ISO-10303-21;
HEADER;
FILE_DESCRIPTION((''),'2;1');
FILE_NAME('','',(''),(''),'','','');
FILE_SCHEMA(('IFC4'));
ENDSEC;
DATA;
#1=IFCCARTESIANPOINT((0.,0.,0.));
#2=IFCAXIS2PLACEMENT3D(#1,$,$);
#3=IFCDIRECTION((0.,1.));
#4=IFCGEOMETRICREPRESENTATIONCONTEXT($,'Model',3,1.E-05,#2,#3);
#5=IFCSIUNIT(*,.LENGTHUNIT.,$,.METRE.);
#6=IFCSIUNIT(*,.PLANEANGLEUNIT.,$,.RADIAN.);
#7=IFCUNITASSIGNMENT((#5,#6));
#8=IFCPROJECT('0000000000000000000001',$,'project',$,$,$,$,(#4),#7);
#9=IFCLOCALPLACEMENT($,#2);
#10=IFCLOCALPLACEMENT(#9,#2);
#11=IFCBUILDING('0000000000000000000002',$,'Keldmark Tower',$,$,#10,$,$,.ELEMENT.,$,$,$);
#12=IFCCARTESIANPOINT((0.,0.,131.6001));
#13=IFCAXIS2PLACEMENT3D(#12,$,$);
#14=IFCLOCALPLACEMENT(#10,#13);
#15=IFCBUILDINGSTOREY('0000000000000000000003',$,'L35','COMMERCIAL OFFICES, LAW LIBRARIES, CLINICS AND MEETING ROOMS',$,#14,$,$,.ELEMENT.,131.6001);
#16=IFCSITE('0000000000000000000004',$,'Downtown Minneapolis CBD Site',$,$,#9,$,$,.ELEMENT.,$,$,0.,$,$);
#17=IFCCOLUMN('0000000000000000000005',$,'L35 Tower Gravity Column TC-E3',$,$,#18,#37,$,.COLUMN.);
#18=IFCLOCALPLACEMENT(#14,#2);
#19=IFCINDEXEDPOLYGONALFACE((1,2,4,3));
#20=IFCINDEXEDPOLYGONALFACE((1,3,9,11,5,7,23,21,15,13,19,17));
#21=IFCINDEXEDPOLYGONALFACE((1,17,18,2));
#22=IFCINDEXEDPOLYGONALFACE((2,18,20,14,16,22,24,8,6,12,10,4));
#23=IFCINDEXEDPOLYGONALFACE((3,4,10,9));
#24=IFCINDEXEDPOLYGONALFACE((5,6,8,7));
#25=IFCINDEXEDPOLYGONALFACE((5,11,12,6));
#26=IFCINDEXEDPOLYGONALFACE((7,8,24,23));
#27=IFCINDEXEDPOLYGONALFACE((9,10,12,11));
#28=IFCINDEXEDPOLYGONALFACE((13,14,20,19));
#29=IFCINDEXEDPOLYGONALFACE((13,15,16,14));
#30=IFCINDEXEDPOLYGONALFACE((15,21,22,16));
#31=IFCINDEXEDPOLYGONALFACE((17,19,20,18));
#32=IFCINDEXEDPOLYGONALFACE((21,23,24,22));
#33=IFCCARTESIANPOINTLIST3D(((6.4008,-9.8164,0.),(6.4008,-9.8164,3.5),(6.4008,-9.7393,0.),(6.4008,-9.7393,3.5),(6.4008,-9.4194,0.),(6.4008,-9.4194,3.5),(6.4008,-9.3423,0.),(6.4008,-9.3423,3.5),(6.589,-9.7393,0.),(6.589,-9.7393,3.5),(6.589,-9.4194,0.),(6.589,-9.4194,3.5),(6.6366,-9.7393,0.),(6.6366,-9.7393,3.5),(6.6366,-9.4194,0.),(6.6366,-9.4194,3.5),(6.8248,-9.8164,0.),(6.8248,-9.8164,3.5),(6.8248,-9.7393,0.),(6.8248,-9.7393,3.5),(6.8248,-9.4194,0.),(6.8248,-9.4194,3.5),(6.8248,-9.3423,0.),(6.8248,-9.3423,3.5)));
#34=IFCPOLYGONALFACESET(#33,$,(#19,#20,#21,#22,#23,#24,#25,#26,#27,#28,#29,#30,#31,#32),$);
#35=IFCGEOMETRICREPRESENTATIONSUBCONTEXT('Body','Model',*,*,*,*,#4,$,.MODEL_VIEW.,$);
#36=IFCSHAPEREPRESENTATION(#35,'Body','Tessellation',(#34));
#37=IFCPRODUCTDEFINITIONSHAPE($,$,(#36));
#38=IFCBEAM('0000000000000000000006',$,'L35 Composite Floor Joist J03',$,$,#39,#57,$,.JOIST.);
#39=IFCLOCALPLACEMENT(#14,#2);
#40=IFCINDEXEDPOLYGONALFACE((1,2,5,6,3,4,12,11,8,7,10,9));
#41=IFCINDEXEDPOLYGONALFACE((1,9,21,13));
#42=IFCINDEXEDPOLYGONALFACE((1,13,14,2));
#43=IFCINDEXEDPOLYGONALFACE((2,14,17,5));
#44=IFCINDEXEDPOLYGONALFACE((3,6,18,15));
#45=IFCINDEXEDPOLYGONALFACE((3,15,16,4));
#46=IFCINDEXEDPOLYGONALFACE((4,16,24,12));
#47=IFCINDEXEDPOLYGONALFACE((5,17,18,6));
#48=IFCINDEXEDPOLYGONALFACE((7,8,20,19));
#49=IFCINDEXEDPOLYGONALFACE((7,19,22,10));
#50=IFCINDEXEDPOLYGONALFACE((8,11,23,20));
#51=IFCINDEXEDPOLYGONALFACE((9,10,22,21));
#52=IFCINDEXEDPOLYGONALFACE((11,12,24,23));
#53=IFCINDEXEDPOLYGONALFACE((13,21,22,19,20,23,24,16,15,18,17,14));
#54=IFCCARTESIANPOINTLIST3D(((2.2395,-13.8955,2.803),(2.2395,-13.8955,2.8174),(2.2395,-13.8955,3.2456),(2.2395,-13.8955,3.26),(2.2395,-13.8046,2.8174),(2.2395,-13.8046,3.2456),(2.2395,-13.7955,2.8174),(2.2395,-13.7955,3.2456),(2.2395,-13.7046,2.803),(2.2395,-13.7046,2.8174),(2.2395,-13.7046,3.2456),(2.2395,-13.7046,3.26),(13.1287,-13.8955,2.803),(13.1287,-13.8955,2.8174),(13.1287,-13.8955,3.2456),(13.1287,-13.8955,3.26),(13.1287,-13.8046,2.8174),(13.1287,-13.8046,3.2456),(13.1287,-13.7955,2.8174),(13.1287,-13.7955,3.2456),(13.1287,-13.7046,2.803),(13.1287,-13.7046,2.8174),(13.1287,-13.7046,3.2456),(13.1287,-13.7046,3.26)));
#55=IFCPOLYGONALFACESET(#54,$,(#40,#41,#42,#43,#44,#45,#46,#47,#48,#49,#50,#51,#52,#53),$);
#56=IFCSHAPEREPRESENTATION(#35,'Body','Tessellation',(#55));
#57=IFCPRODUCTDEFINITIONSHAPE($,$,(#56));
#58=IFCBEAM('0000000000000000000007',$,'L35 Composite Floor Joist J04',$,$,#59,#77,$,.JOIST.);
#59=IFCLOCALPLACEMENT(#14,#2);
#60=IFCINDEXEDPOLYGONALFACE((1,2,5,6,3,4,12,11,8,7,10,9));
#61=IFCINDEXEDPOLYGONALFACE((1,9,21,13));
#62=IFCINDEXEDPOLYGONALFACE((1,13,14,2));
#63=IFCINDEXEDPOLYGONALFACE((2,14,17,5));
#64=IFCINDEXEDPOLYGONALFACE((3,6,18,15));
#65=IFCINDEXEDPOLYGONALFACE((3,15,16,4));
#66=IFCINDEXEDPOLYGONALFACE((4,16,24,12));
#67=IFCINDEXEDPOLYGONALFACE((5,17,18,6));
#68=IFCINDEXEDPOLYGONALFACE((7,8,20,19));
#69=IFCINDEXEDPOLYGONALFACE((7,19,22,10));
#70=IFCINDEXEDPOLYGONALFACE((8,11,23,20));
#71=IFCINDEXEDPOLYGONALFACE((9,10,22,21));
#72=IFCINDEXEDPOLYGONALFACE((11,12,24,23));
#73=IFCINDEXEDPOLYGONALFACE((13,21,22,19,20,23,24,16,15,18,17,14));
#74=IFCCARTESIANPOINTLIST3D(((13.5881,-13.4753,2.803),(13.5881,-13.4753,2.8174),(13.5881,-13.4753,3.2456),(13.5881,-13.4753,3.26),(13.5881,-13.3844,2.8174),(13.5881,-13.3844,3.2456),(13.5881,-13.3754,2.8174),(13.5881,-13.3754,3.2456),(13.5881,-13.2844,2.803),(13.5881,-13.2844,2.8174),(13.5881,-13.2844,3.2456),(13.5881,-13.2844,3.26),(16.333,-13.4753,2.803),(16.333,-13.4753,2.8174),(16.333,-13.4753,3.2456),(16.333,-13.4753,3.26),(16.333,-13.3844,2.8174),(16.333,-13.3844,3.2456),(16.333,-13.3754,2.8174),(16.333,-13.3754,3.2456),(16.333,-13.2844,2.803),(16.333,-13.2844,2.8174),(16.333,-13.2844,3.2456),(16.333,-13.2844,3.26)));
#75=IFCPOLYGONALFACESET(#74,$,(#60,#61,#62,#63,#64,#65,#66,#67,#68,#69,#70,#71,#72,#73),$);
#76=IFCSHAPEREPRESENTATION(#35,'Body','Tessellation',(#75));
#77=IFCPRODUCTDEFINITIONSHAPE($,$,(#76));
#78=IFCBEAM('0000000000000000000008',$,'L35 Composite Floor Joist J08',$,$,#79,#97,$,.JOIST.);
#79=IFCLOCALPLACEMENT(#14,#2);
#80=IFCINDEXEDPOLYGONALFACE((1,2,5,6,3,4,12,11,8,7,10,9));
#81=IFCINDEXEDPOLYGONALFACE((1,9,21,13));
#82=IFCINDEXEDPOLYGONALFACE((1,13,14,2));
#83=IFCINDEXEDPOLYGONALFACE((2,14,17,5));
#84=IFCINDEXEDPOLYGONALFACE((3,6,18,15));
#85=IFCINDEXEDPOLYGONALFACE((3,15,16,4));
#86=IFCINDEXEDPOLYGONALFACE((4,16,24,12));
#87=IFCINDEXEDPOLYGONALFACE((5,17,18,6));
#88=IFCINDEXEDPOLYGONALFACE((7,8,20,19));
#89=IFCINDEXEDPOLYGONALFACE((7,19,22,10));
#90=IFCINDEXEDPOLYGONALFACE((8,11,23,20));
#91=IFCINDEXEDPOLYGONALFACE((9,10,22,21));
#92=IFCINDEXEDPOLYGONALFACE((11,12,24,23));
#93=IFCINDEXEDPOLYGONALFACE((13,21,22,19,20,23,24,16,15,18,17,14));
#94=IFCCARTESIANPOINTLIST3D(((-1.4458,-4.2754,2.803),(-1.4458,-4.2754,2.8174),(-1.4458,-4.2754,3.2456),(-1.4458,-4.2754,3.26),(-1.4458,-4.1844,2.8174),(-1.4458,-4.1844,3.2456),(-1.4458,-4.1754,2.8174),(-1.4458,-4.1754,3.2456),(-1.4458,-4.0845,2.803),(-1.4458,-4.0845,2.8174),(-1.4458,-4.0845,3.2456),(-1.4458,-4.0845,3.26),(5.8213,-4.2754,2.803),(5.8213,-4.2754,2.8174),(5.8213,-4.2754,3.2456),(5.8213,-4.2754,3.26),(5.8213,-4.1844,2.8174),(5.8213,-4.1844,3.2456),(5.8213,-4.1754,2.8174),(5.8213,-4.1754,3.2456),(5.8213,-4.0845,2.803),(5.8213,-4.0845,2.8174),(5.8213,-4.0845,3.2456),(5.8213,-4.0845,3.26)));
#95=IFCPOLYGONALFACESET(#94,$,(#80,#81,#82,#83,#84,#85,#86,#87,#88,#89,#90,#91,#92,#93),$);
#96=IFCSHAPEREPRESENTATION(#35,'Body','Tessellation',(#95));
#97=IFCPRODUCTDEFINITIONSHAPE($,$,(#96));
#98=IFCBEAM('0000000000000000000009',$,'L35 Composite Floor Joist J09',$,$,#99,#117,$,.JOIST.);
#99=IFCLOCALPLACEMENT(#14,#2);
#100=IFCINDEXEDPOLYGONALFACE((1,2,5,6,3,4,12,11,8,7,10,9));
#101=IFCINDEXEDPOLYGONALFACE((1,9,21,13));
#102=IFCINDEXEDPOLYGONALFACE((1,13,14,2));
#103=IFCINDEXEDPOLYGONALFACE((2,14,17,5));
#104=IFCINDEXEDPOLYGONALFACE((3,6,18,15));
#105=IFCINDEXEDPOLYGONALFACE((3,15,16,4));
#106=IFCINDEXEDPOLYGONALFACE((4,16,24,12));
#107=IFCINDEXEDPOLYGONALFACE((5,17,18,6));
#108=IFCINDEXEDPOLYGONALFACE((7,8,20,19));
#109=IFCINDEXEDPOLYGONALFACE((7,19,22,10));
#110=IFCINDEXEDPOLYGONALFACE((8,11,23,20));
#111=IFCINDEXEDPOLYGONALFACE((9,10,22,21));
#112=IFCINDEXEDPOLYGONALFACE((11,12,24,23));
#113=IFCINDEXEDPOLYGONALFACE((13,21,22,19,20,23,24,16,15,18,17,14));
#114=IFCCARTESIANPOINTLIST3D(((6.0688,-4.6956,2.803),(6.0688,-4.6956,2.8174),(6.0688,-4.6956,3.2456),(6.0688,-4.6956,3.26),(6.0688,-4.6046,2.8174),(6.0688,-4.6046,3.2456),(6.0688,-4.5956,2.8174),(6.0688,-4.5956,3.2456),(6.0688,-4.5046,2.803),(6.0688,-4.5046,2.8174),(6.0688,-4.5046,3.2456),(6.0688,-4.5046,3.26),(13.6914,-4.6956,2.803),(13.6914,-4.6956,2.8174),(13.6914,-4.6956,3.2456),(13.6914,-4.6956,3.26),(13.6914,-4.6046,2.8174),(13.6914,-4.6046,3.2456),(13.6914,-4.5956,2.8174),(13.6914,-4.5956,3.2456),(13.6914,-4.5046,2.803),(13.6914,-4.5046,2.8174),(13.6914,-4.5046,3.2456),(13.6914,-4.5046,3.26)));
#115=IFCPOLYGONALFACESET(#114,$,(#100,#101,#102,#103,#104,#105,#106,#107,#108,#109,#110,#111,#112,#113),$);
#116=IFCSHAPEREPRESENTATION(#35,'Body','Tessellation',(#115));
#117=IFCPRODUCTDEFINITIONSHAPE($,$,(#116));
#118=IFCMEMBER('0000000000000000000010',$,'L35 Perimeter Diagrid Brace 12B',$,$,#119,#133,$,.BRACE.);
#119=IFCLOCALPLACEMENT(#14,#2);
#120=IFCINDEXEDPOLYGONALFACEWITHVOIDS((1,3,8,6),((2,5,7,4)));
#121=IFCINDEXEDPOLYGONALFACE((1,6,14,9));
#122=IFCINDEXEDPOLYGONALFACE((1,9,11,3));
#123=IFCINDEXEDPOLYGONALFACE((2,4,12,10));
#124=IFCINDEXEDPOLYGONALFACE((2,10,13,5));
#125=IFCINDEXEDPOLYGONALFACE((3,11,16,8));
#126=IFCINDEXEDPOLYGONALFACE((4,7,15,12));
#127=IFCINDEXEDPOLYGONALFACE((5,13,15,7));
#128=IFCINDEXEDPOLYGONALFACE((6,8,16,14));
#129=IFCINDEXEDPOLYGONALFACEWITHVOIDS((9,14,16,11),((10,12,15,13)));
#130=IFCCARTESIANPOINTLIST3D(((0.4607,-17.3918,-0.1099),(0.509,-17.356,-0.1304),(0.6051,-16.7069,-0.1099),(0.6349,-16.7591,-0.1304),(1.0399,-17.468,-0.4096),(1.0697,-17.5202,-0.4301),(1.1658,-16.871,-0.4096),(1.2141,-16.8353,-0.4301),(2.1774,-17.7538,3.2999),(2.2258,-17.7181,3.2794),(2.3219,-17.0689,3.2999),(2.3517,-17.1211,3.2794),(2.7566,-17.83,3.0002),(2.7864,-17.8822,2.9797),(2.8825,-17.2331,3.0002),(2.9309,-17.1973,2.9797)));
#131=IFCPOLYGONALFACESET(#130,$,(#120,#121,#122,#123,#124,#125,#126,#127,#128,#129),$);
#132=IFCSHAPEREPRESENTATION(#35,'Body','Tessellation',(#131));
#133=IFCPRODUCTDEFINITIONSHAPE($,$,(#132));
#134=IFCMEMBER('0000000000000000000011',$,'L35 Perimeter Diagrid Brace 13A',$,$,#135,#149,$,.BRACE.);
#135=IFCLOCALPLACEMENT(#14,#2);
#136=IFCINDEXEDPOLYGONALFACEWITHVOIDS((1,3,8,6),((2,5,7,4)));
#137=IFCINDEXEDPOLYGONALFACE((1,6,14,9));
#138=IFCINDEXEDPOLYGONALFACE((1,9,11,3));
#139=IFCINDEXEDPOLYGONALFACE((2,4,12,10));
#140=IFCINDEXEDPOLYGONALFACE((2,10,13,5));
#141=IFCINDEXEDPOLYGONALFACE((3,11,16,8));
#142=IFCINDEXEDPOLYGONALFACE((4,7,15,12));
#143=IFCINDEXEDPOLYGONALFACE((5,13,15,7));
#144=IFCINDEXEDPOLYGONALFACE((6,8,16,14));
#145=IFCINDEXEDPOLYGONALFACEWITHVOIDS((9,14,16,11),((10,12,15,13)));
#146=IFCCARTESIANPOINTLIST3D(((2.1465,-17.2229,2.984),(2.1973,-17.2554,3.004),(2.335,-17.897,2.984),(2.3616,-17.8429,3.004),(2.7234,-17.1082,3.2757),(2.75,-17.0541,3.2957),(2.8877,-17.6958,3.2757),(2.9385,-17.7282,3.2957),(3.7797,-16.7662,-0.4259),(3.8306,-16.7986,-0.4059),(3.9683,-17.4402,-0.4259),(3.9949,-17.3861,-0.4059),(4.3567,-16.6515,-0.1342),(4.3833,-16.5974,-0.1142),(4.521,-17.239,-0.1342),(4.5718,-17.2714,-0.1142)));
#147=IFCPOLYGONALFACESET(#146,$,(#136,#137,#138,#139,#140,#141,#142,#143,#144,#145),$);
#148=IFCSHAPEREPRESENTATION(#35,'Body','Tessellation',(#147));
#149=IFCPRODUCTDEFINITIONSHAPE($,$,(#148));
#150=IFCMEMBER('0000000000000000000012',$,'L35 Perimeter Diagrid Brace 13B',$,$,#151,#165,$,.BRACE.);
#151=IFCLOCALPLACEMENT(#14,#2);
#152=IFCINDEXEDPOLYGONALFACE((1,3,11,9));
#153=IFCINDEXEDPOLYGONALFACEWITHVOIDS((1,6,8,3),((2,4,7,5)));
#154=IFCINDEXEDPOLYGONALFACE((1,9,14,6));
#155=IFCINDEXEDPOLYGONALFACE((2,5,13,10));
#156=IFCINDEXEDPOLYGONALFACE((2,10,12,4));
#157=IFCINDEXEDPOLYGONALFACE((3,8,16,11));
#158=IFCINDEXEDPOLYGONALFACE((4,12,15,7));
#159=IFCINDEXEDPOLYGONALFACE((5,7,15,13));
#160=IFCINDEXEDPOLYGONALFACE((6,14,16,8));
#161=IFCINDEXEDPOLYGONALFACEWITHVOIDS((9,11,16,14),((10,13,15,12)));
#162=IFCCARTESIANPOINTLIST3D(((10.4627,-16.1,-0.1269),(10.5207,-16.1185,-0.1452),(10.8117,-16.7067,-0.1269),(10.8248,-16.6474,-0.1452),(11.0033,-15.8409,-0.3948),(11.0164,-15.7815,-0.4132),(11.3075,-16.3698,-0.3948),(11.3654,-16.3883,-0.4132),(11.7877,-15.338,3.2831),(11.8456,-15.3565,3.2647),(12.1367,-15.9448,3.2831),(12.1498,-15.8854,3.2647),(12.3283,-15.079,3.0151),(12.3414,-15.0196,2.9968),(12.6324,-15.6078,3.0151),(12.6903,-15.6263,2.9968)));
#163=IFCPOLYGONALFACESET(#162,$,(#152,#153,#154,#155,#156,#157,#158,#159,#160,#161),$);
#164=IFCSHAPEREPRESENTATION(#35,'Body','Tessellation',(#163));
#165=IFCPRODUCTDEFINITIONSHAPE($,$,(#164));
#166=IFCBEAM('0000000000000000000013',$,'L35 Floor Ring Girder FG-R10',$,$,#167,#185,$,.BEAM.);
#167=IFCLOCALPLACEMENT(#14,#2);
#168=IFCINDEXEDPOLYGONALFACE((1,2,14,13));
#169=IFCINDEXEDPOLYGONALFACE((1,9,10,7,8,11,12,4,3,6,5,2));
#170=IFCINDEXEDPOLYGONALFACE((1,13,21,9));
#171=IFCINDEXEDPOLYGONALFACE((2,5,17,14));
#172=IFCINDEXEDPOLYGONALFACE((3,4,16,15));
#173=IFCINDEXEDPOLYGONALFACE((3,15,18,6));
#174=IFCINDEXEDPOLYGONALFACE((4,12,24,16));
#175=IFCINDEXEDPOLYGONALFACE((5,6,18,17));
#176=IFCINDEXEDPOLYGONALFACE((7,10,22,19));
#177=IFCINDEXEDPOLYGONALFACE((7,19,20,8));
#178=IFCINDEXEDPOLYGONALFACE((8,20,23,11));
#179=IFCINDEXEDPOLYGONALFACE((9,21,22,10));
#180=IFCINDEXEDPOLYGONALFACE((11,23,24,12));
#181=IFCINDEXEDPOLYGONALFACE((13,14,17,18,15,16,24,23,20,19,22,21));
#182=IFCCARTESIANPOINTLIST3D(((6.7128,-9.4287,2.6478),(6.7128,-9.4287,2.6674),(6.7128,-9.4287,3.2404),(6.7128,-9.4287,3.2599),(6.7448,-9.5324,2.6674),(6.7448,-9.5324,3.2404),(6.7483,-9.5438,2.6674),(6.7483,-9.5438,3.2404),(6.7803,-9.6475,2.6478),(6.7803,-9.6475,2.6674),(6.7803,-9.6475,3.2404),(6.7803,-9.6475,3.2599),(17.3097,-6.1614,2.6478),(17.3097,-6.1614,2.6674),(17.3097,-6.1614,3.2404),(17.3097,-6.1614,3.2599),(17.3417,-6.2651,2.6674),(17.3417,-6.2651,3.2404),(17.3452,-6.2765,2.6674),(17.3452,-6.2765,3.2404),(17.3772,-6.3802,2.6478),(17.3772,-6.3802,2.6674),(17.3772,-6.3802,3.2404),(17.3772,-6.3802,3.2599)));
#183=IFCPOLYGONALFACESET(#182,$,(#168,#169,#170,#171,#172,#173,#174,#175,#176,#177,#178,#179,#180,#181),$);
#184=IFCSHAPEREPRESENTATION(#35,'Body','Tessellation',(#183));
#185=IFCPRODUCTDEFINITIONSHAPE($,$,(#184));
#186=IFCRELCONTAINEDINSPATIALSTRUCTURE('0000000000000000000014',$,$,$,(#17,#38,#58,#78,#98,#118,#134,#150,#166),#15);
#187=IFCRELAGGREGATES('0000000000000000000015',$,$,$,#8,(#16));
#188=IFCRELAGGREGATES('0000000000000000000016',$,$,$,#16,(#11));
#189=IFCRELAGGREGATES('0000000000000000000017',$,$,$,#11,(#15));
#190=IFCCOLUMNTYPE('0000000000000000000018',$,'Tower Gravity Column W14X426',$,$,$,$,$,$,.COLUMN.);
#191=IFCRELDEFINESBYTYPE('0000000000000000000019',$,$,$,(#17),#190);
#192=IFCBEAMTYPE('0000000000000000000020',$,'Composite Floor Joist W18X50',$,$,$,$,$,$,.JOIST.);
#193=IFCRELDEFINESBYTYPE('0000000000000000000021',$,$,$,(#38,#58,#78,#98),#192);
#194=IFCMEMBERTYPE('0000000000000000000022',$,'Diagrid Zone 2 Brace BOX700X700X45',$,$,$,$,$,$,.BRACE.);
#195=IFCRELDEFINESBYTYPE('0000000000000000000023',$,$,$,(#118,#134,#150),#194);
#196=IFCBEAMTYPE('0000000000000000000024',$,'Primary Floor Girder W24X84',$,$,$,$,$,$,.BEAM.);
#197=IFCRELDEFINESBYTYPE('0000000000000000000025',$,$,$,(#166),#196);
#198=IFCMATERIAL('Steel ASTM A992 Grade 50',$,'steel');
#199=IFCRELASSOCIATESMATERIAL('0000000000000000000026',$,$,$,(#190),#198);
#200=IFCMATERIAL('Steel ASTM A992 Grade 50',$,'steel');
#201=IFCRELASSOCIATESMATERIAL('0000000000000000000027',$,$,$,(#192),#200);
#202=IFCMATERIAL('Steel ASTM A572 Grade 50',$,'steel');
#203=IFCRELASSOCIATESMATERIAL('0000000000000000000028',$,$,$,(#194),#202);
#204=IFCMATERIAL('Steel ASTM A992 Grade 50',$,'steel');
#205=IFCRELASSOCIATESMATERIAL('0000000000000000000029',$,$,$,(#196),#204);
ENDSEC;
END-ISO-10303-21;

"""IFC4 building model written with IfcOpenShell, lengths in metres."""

from ifc_helpers import new_model, si_unit, direction, frame, origin, origin_2d, place, context, subcontext, project, spatial, hollow_rectangle, i_section, extrude, material, material_profile, profile_set, type_object, element, save


model = new_model("IFC4")

# Units and contexts
model_context = context("Model", 3, precision=1e-05, world=origin(), true_north=direction((0.0, 1.0)))
body_context = subcontext(model_context, "Body", "Model", "MODEL_VIEW")
ifc_project = project(units=[si_unit("LENGTHUNIT", "METRE"), si_unit("PLANEANGLEUNIT", "RADIAN")], contexts=[model_context])

# Site, building, storey
site_placement = place(None, origin())
site = spatial("IfcSite", under=ifc_project, at=site_placement, Name="Downtown Minneapolis CBD Site", CompositionType="ELEMENT", RefElevation=0.0)
building_placement = place(site_placement, origin())
building = spatial("IfcBuilding", under=site, at=building_placement, Name="Keldmark Tower", CompositionType="ELEMENT")
storey_placement = place(building_placement, frame((0.0, 0.0, 131.6001)))
storey = spatial("IfcBuildingStorey", under=building, at=storey_placement, Name="L35", Description="COMMERCIAL OFFICES, LAW LIBRARIES, CLINICS AND MEETING ROOMS", CompositionType="ELEMENT", Elevation=131.6001)

# Column
ifc_material_1 = material(Name="Steel ASTM A992 Grade 50", Category="steel")
ifc_material_profile_1 = material_profile(ifc_material_1, i_section(OverallWidth=0.4241, OverallDepth=0.4741, WebThickness=0.0476, FlangeThickness=0.0771, at=origin_2d()), Name="W14X426")
ifc_profile_set_1 = profile_set([ifc_material_profile_1], Name="Steel ASTM A992 Grade 50")
column_type = type_object("IfcColumnType", Name="Tower Gravity Column W14X426", PredefinedType="COLUMN", material=ifc_profile_set_1)
column_placement = place(storey_placement, frame((6.6128, -9.5793, 0.0), z_axis=(0.0, 0.0, 1.0), x_axis=(1.0, 0.0, 0.0)))
element("IfcColumn", 1, at=column_placement, inside=storey, type_object=column_type, Name="L35 Tower Gravity Column TC-E3", PredefinedType="COLUMN", context=body_context, shape_type="SweptSolid", body=[
    extrude(i_section(OverallWidth=0.4241, OverallDepth=0.4741, WebThickness=0.0476, FlangeThickness=0.0771, at=origin_2d()), origin(), (0.0, 0.0, 1.0), 3.5),
])

# Beams
ifc_material_2 = material(Name="Steel ASTM A992 Grade 50", Category="steel")
ifc_material_profile_2 = material_profile(ifc_material_2, i_section(OverallWidth=0.1909, OverallDepth=0.457, WebThickness=0.009, FlangeThickness=0.0144, at=origin_2d()), Name="W18X50")
ifc_profile_set_2 = profile_set([ifc_material_profile_2], Name="Steel ASTM A992 Grade 50")
beam_type_1 = type_object("IfcBeamType", Name="Composite Floor Joist W18X50", PredefinedType="JOIST", material=ifc_profile_set_2)
beam_1_placement = place(storey_placement, frame((2.2395, -13.8, 3.0315), z_axis=(1.0, 0.0, 0.0), x_axis=(0.0, 1.0, 0.0)))
element("IfcBeam", 2, at=beam_1_placement, inside=storey, type_object=beam_type_1, Name="L35 Composite Floor Joist J03", PredefinedType="JOIST", context=body_context, shape_type="SweptSolid", body=[
    extrude(i_section(OverallWidth=0.1909, OverallDepth=0.457, WebThickness=0.009, FlangeThickness=0.0144, at=origin_2d()), origin(), (0.0, 0.0, 1.0), 10.8892),
])
beam_2_placement = place(storey_placement, frame((13.5881, -13.3799, 3.0315), z_axis=(1.0, 0.0, 0.0), x_axis=(0.0, 1.0, 0.0)))
element("IfcBeam", 3, at=beam_2_placement, inside=storey, type_object=beam_type_1, Name="L35 Composite Floor Joist J04", PredefinedType="JOIST", context=body_context, shape_type="SweptSolid", body=[
    extrude(i_section(OverallWidth=0.1909, OverallDepth=0.457, WebThickness=0.009, FlangeThickness=0.0144, at=origin_2d()), origin(), (0.0, 0.0, 1.0), 2.7449),
])
beam_3_placement = place(storey_placement, frame((-1.4458, -4.1799, 3.0315), z_axis=(1.0, 0.0, 0.0), x_axis=(0.0, 1.0, 0.0)))
element("IfcBeam", 4, at=beam_3_placement, inside=storey, type_object=beam_type_1, Name="L35 Composite Floor Joist J08", PredefinedType="JOIST", context=body_context, shape_type="SweptSolid", body=[
    extrude(i_section(OverallWidth=0.1909, OverallDepth=0.457, WebThickness=0.009, FlangeThickness=0.0144, at=origin_2d()), origin(), (0.0, 0.0, 1.0), 7.2671),
])
beam_4_placement = place(storey_placement, frame((6.0688, -4.6001, 3.0315), z_axis=(1.0, 0.0, 0.0), x_axis=(0.0, 1.0, 0.0)))
element("IfcBeam", 5, at=beam_4_placement, inside=storey, type_object=beam_type_1, Name="L35 Composite Floor Joist J09", PredefinedType="JOIST", context=body_context, shape_type="SweptSolid", body=[
    extrude(i_section(OverallWidth=0.1909, OverallDepth=0.457, WebThickness=0.009, FlangeThickness=0.0144, at=origin_2d()), origin(), (0.0, 0.0, 1.0), 7.6226),
])

# Members
ifc_material_3 = material(Name="Steel ASTM A572 Grade 50", Category="steel")
ifc_material_profile_3 = material_profile(ifc_material_3, hollow_rectangle(XDim=0.7, YDim=0.7, WallThickness=0.0449, at=origin_2d()), Name="BOX700X700X45")
ifc_profile_set_3 = profile_set([ifc_material_profile_3], Name="Steel ASTM A572 Grade 50")
member_type = type_object("IfcMemberType", Name="Diagrid Zone 2 Brace BOX700X700X45", PredefinedType="BRACE", material=ifc_profile_set_3)
member_1_placement = place(storey_placement, frame((0.8374, -17.1135, -0.27), z_axis=(0.447684, -0.094414, 0.889193), x_axis=(0.206354, 0.978477, 0.0)))
element("IfcMember", 6, at=member_1_placement, inside=storey, type_object=member_type, Name="L35 Perimeter Diagrid Brace 12B", PredefinedType="BRACE", context=body_context, shape_type="SweptSolid", body=[
    extrude(hollow_rectangle(XDim=0.7, YDim=0.7, WallThickness=0.0449, at=origin_2d()), origin(), (0.0, 0.0, 1.0), 3.8347),
])
member_2_placement = place(storey_placement, frame((4.1758, -17.0188, -0.27), z_axis=(-0.428869, -0.119942, 0.895369), x_axis=(0.269336, -0.963046, 0.0)))
element("IfcMember", 7, at=member_2_placement, inside=storey, type_object=member_type, Name="L35 Perimeter Diagrid Brace 13A", PredefinedType="BRACE", context=body_context, shape_type="SweptSolid", body=[
    extrude(hollow_rectangle(XDim=0.7, YDim=0.7, WallThickness=0.0449, at=origin_2d()), origin(), (0.0, 0.0, 1.0), 3.8083),
])
member_3_placement = place(storey_placement, frame((10.9141, -16.2441, -0.27), z_axis=(0.35457, 0.203909, 0.912525), x_axis=(-0.498528, 0.866874, 0.0)))
element("IfcMember", 8, at=member_3_placement, inside=storey, type_object=member_type, Name="L35 Perimeter Diagrid Brace 13B", PredefinedType="BRACE", context=body_context, shape_type="SweptSolid", body=[
    extrude(hollow_rectangle(XDim=0.7, YDim=0.7, WallThickness=0.0449, at=origin_2d()), origin(), (0.0, 0.0, 1.0), 3.7368),
])

# Beam
ifc_material_4 = material(Name="Steel ASTM A992 Grade 50", Category="steel")
ifc_material_profile_4 = material_profile(ifc_material_4, i_section(OverallWidth=0.229, OverallDepth=0.6121, WebThickness=0.012, FlangeThickness=0.0195, at=origin_2d()), Name="W24X84")
ifc_profile_set_4 = profile_set([ifc_material_profile_4], Name="Steel ASTM A992 Grade 50")
beam_type_2 = type_object("IfcBeamType", Name="Primary Floor Girder W24X84", PredefinedType="BEAM", material=ifc_profile_set_4)
beam_5_placement = place(storey_placement, frame((6.7466, -9.5381, 2.9539), z_axis=(0.955608, 0.294641, 0.0), x_axis=(-0.294641, 0.955608, 0.0)))
element("IfcBeam", 9, at=beam_5_placement, inside=storey, type_object=beam_type_2, Name="L35 Floor Ring Girder FG-R10", PredefinedType="BEAM", context=body_context, shape_type="SweptSolid", body=[
    extrude(i_section(OverallWidth=0.229, OverallDepth=0.6121, WebThickness=0.012, FlangeThickness=0.0195, at=origin_2d()), origin(), (0.0, 0.0, 1.0), 11.0891),
])

save(model, "model.ifc")
